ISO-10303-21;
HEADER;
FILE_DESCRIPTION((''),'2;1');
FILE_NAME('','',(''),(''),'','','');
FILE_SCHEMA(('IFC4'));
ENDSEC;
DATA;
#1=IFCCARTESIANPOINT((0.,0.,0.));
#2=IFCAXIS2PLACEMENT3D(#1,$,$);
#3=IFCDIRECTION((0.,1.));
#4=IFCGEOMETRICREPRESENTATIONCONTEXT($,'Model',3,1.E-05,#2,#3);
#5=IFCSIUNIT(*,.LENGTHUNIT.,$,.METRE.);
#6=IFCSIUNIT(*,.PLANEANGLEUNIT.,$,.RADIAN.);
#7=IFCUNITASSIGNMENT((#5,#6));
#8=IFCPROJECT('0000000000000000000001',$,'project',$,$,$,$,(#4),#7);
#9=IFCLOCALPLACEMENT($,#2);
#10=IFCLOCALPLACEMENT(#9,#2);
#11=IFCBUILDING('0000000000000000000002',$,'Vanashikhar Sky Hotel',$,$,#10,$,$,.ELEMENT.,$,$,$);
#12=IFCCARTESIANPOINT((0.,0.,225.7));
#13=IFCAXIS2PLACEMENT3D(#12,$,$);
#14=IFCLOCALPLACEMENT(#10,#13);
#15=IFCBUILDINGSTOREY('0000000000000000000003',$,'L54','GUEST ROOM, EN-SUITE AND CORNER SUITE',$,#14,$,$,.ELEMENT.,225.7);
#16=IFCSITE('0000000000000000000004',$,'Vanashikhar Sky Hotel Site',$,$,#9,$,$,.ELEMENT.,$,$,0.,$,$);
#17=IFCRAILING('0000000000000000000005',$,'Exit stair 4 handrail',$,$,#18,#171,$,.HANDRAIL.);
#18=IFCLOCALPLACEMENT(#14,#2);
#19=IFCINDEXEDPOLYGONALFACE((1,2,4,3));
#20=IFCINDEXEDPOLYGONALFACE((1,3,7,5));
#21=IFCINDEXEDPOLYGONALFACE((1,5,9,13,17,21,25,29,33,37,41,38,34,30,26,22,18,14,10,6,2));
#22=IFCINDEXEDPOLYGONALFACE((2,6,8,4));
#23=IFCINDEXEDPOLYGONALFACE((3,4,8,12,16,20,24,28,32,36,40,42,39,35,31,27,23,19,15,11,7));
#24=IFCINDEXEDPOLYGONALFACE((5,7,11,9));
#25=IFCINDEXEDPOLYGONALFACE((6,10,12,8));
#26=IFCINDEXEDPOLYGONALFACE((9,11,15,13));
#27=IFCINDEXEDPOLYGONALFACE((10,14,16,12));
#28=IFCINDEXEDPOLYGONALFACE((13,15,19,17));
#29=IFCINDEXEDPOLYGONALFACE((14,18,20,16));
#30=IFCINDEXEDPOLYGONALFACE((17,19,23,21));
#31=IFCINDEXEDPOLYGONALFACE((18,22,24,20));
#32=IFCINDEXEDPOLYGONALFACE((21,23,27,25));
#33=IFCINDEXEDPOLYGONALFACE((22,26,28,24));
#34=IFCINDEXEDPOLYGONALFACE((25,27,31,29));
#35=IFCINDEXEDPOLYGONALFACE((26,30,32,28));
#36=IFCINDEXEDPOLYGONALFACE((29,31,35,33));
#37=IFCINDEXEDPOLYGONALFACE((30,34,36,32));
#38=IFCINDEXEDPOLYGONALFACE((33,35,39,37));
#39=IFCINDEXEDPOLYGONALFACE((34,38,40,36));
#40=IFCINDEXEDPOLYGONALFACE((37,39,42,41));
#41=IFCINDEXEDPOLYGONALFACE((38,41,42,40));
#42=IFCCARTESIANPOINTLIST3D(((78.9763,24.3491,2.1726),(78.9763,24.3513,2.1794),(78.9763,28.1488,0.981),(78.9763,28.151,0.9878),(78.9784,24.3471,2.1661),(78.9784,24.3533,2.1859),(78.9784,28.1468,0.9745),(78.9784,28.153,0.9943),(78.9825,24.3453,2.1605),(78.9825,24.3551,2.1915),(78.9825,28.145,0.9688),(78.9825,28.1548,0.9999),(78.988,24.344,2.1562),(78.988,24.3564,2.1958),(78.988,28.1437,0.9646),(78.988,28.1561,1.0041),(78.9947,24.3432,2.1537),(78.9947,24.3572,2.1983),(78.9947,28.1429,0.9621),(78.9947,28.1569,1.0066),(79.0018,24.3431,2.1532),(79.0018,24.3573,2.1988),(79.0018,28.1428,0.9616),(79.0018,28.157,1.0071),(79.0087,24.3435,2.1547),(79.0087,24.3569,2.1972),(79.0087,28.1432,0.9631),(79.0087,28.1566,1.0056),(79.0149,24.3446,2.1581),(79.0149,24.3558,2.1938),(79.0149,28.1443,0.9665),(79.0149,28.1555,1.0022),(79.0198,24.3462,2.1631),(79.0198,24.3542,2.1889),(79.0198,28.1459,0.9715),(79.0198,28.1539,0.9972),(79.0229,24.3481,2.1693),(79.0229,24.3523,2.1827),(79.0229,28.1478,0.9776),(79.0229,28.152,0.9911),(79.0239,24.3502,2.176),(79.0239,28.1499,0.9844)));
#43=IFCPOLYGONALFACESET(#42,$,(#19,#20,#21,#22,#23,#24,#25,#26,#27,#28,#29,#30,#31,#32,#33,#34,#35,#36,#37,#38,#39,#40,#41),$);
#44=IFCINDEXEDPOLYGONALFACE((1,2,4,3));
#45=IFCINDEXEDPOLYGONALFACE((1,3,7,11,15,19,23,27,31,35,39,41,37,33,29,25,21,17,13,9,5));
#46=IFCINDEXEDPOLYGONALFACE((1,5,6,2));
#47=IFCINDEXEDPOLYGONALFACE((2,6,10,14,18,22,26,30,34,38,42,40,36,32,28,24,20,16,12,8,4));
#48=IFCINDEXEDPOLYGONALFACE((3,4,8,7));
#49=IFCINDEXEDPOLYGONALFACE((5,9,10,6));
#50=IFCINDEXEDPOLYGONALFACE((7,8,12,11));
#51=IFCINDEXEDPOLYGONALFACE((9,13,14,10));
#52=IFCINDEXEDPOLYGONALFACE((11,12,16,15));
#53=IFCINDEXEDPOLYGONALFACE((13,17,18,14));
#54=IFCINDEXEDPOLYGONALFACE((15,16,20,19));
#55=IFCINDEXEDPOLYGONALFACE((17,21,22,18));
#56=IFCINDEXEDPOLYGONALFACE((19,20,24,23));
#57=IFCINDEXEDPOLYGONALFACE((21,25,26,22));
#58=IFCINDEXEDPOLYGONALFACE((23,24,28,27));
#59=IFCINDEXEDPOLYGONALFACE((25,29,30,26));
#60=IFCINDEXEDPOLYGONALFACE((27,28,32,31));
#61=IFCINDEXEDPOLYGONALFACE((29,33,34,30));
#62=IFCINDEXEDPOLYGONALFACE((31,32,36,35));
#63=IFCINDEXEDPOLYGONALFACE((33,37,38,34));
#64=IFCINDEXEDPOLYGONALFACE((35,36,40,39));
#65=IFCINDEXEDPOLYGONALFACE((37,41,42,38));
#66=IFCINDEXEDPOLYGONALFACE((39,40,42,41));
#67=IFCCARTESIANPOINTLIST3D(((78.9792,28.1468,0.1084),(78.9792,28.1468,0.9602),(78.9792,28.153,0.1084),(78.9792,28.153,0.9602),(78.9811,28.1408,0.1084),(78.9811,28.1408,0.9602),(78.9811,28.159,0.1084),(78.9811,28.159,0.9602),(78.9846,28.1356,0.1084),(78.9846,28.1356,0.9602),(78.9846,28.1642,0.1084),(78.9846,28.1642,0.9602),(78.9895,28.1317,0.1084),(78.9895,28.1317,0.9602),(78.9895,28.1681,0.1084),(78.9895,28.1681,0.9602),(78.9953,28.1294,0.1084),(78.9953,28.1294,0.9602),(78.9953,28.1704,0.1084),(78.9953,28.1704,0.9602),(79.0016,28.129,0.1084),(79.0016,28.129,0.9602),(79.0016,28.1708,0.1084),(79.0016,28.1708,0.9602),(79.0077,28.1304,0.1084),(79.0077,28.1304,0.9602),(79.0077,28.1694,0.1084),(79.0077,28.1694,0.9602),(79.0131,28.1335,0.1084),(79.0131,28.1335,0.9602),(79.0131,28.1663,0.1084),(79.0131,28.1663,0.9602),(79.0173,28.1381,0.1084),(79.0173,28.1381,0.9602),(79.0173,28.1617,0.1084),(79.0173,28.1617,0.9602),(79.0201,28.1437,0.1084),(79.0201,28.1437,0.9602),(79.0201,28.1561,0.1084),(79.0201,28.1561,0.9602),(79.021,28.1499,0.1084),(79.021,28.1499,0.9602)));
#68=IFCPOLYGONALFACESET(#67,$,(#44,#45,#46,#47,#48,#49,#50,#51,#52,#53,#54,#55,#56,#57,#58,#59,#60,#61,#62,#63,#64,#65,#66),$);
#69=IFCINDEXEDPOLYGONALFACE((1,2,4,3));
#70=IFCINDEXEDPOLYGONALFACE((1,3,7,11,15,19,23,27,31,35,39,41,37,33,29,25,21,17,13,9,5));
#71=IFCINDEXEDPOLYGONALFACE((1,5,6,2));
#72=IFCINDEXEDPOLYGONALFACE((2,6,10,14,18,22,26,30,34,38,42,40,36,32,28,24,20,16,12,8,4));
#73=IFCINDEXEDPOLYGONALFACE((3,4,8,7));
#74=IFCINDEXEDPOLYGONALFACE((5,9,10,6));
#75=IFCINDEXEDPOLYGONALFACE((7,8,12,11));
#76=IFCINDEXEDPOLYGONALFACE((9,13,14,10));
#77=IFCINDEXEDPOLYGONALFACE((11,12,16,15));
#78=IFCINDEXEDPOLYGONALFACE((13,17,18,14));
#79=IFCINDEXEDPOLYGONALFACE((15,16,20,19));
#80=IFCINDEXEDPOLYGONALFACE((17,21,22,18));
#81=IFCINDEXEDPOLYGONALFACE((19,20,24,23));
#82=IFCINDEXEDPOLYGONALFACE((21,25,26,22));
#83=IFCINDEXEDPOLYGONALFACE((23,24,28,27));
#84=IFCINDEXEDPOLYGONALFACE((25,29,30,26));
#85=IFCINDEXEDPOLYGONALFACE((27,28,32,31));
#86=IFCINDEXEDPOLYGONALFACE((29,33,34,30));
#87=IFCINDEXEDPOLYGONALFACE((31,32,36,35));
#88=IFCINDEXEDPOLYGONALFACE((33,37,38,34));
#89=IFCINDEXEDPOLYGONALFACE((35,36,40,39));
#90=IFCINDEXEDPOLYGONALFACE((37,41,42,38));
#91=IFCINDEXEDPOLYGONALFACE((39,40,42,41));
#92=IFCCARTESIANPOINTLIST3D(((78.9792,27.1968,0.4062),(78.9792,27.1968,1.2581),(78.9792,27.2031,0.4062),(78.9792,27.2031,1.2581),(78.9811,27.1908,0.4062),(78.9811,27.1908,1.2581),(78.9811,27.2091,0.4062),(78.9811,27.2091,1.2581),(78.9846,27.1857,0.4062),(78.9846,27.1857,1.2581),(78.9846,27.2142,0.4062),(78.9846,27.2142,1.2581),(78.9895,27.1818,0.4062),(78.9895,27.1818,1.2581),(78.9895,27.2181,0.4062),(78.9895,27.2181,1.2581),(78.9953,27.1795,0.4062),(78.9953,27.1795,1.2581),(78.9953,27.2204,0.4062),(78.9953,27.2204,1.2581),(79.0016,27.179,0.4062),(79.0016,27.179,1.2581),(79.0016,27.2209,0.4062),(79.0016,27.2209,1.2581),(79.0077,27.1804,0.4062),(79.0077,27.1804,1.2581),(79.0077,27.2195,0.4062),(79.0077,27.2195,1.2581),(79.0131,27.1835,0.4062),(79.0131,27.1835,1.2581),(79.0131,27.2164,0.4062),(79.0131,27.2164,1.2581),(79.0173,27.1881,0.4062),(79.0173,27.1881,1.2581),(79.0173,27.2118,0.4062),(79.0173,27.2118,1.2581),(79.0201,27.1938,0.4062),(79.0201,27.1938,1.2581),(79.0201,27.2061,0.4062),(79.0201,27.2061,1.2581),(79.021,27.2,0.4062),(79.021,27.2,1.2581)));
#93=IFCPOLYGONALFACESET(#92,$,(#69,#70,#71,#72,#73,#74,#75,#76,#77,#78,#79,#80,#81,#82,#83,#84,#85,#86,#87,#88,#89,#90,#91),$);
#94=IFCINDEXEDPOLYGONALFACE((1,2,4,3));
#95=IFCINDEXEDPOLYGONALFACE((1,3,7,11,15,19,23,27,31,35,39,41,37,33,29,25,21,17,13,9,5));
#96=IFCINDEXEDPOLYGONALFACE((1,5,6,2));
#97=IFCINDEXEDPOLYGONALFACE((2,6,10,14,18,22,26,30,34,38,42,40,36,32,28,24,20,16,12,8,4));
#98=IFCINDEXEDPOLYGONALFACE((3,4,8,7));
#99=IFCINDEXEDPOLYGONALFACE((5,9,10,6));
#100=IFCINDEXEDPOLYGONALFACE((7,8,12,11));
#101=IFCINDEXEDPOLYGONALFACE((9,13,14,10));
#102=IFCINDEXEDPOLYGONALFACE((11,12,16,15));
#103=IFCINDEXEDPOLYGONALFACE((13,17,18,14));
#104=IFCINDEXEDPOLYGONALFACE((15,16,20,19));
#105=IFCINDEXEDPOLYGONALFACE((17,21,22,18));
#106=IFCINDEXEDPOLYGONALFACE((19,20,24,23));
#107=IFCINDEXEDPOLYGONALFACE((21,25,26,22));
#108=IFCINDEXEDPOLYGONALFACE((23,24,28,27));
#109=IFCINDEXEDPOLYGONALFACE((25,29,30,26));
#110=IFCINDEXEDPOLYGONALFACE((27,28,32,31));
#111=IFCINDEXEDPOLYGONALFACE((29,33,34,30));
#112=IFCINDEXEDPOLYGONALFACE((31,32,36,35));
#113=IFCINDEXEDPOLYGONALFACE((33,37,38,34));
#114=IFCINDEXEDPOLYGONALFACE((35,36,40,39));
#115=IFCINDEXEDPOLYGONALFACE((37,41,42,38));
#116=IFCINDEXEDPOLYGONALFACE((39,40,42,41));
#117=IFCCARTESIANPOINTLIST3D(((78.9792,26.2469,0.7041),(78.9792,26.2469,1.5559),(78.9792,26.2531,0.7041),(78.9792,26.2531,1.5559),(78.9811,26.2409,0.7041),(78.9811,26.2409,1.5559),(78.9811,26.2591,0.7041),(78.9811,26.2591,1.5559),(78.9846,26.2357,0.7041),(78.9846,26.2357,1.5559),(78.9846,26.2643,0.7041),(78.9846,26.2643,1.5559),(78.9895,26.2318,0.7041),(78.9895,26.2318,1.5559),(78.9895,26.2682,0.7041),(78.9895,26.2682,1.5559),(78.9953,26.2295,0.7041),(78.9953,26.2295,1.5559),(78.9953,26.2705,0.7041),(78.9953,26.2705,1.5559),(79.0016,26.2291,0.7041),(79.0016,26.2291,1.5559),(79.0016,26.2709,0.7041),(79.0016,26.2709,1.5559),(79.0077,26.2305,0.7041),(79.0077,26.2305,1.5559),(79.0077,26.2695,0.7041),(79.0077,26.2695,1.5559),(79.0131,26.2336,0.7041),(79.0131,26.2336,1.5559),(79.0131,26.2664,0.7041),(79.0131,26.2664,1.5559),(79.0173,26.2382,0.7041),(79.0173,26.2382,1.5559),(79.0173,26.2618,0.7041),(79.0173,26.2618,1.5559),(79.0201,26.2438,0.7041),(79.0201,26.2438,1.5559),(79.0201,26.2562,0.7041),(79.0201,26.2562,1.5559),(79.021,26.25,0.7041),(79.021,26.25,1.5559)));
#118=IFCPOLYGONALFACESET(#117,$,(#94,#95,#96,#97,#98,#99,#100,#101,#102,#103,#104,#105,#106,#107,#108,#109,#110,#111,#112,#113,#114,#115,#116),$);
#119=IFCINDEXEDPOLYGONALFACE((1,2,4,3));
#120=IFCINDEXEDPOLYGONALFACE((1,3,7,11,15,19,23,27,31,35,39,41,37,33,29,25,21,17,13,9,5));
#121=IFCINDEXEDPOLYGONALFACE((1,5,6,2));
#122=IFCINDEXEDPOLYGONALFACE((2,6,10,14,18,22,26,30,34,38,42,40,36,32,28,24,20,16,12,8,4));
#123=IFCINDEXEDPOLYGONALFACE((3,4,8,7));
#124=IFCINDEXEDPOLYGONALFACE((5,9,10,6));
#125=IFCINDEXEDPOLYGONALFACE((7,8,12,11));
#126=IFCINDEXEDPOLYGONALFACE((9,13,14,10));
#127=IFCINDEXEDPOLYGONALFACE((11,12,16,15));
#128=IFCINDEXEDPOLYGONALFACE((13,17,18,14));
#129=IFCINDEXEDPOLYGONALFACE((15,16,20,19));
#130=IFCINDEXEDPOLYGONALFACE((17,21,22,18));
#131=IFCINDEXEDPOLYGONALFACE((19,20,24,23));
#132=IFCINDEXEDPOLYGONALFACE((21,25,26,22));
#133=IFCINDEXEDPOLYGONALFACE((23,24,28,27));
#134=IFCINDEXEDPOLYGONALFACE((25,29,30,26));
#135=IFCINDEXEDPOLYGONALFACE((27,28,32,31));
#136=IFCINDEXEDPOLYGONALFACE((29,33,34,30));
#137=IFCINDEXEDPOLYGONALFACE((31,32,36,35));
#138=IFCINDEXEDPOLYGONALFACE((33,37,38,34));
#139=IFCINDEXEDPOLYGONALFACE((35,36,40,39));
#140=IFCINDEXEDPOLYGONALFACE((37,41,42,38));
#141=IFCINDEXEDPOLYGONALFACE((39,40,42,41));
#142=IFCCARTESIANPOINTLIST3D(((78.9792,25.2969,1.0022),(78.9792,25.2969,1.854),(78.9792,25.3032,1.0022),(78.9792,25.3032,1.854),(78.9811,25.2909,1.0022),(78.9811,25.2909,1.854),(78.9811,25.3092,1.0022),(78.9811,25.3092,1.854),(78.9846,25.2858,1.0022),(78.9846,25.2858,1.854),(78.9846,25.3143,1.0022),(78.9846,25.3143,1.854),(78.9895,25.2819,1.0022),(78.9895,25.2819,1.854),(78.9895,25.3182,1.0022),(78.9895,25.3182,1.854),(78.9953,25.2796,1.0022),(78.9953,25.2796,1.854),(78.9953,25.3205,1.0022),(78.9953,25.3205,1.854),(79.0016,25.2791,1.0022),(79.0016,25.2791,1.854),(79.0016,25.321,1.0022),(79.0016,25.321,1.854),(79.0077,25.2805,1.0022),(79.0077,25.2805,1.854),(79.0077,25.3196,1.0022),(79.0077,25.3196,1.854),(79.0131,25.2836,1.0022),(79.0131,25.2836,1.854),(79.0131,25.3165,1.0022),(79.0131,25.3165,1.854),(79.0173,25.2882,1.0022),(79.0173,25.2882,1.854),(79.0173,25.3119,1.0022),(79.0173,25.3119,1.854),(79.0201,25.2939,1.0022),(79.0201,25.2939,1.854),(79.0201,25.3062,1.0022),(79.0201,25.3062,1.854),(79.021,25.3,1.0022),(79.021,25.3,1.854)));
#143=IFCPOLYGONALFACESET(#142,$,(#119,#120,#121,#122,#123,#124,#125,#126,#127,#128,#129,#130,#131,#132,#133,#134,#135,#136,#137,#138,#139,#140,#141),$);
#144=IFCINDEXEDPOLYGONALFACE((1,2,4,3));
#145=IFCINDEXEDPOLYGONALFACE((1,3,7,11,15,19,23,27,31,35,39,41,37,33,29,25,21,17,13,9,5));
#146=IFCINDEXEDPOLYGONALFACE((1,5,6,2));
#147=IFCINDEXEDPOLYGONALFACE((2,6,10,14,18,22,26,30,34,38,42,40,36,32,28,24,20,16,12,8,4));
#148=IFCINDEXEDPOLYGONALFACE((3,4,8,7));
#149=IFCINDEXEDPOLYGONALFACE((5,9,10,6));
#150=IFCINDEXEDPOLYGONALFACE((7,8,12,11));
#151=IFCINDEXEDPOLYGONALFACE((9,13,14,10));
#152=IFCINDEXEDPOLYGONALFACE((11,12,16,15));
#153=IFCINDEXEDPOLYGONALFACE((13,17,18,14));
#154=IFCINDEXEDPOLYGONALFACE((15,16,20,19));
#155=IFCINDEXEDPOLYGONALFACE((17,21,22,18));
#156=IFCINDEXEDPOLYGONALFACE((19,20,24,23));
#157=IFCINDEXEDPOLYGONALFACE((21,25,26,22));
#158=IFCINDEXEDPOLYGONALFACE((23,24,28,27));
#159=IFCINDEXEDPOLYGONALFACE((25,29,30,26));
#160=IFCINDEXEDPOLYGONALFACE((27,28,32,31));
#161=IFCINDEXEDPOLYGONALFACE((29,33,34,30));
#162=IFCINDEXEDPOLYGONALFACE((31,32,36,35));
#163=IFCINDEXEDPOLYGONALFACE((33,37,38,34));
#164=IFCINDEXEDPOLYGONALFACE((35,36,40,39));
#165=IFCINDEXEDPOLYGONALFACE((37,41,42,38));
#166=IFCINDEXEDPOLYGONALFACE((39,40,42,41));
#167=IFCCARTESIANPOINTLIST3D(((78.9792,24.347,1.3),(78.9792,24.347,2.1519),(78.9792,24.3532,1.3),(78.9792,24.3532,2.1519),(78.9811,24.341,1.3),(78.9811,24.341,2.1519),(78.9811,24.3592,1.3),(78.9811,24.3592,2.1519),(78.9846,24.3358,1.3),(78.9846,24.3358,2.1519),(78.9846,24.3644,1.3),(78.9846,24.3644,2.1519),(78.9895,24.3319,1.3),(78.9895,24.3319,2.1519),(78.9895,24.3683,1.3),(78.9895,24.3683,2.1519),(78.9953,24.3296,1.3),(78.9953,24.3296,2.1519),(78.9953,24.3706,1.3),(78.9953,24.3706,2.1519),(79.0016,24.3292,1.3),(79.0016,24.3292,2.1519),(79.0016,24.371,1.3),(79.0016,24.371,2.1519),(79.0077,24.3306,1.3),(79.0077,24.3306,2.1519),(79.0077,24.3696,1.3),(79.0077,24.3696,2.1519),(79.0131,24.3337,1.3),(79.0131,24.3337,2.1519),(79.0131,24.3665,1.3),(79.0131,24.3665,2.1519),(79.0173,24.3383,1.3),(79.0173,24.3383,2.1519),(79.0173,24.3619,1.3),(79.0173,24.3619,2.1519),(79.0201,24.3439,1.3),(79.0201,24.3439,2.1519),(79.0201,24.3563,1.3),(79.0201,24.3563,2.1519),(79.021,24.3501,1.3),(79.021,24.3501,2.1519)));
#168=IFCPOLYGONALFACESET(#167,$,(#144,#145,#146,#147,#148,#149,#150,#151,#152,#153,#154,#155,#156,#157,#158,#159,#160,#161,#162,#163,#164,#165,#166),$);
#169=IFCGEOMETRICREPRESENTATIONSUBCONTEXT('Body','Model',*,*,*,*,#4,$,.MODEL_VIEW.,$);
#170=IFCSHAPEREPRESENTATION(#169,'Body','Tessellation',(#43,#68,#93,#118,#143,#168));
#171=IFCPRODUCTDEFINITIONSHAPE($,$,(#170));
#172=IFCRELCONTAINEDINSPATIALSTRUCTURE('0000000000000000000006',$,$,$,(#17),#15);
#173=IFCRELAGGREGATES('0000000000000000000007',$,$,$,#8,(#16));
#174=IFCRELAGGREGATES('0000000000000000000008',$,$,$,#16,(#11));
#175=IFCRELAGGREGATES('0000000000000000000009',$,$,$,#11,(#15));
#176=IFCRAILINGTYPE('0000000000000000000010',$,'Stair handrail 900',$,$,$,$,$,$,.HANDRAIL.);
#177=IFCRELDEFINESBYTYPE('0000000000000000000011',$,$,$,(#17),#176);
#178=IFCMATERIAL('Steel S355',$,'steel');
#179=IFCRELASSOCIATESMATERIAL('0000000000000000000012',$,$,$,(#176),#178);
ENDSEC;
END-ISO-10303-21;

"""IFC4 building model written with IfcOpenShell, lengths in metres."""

from ifc_helpers import new_model, si_unit, direction, frame, origin, origin_2d, place, context, subcontext, project, spatial, circle, extrude, source, transform, mapped, material, type_object, element, save


model = new_model("IFC4")

# Units and contexts
model_context = context("Model", 3, precision=1e-05, world=origin(), true_north=direction((0.0, 1.0)))
body_context = subcontext(model_context, "Body", "Model", "MODEL_VIEW")
ifc_project = project(units=[si_unit("LENGTHUNIT", "METRE"), si_unit("PLANEANGLEUNIT", "RADIAN")], contexts=[model_context])

# Site, building, storey
site_placement = place(None, origin())
site = spatial("IfcSite", under=ifc_project, at=site_placement, Name="Vanashikhar Sky Hotel Site", CompositionType="ELEMENT", RefElevation=0.0)
building_placement = place(site_placement, origin())
building = spatial("IfcBuilding", under=site, at=building_placement, Name="Vanashikhar Sky Hotel", CompositionType="ELEMENT")
storey_placement = place(building_placement, frame((0.0, 0.0, 225.7)))
storey = spatial("IfcBuildingStorey", under=building, at=storey_placement, Name="L54", Description="GUEST ROOM, EN-SUITE AND CORNER SUITE", CompositionType="ELEMENT", Elevation=225.7)

# Railing
ifc_material_1 = material(Name="Steel S355", Category="steel")
railing_type = type_object("IfcRailingType", Name="Stair handrail 900", PredefinedType="HANDRAIL", material=ifc_material_1)
shared_shape_1 = source(origin(), body_context, "Body", "SweptSolid", [
    extrude(circle(Radius=0.0239, at=origin_2d()), frame((0.0, 0.0, 0.876), z_axis=(0.0, -0.954178, 0.299238), x_axis=(1.0, 0.0, 0.0)), (0.0, 0.0, 1.0), 3.9822),
    extrude(circle(Radius=0.021, at=origin_2d()), origin(), (0.0, 0.0, 1.0), 0.8518),
    extrude(circle(Radius=0.021, at=origin_2d()), frame((0.0, -0.95, 0.2979)), (0.0, 0.0, 1.0), 0.8518),
    extrude(circle(Radius=0.021, at=origin_2d()), frame((0.0, -1.8999, 0.5957)), (0.0, 0.0, 1.0), 0.8518),
    extrude(circle(Radius=0.021, at=origin_2d()), frame((0.0, -2.8499, 0.8938)), (0.0, 0.0, 1.0), 0.8518),
    extrude(circle(Radius=0.021, at=origin_2d()), frame((0.0, -3.7998, 1.1917)), (0.0, 0.0, 1.0), 0.8518),
])
for number, where, name in (
    (1, (79.0, 28.1499, 0.1084), "Exit stair 4 handrail"),
):
    element("IfcRailing", number, at=place(storey_placement, frame(where)), inside=storey, type_object=railing_type, Name=name, PredefinedType="HANDRAIL", context=body_context, shape_type="MappedRepresentation", body=[
        mapped(shared_shape_1, transform((0.0, 0.0, 0.0), scale=1.0)),
    ])

save(model, "model.ifc")
